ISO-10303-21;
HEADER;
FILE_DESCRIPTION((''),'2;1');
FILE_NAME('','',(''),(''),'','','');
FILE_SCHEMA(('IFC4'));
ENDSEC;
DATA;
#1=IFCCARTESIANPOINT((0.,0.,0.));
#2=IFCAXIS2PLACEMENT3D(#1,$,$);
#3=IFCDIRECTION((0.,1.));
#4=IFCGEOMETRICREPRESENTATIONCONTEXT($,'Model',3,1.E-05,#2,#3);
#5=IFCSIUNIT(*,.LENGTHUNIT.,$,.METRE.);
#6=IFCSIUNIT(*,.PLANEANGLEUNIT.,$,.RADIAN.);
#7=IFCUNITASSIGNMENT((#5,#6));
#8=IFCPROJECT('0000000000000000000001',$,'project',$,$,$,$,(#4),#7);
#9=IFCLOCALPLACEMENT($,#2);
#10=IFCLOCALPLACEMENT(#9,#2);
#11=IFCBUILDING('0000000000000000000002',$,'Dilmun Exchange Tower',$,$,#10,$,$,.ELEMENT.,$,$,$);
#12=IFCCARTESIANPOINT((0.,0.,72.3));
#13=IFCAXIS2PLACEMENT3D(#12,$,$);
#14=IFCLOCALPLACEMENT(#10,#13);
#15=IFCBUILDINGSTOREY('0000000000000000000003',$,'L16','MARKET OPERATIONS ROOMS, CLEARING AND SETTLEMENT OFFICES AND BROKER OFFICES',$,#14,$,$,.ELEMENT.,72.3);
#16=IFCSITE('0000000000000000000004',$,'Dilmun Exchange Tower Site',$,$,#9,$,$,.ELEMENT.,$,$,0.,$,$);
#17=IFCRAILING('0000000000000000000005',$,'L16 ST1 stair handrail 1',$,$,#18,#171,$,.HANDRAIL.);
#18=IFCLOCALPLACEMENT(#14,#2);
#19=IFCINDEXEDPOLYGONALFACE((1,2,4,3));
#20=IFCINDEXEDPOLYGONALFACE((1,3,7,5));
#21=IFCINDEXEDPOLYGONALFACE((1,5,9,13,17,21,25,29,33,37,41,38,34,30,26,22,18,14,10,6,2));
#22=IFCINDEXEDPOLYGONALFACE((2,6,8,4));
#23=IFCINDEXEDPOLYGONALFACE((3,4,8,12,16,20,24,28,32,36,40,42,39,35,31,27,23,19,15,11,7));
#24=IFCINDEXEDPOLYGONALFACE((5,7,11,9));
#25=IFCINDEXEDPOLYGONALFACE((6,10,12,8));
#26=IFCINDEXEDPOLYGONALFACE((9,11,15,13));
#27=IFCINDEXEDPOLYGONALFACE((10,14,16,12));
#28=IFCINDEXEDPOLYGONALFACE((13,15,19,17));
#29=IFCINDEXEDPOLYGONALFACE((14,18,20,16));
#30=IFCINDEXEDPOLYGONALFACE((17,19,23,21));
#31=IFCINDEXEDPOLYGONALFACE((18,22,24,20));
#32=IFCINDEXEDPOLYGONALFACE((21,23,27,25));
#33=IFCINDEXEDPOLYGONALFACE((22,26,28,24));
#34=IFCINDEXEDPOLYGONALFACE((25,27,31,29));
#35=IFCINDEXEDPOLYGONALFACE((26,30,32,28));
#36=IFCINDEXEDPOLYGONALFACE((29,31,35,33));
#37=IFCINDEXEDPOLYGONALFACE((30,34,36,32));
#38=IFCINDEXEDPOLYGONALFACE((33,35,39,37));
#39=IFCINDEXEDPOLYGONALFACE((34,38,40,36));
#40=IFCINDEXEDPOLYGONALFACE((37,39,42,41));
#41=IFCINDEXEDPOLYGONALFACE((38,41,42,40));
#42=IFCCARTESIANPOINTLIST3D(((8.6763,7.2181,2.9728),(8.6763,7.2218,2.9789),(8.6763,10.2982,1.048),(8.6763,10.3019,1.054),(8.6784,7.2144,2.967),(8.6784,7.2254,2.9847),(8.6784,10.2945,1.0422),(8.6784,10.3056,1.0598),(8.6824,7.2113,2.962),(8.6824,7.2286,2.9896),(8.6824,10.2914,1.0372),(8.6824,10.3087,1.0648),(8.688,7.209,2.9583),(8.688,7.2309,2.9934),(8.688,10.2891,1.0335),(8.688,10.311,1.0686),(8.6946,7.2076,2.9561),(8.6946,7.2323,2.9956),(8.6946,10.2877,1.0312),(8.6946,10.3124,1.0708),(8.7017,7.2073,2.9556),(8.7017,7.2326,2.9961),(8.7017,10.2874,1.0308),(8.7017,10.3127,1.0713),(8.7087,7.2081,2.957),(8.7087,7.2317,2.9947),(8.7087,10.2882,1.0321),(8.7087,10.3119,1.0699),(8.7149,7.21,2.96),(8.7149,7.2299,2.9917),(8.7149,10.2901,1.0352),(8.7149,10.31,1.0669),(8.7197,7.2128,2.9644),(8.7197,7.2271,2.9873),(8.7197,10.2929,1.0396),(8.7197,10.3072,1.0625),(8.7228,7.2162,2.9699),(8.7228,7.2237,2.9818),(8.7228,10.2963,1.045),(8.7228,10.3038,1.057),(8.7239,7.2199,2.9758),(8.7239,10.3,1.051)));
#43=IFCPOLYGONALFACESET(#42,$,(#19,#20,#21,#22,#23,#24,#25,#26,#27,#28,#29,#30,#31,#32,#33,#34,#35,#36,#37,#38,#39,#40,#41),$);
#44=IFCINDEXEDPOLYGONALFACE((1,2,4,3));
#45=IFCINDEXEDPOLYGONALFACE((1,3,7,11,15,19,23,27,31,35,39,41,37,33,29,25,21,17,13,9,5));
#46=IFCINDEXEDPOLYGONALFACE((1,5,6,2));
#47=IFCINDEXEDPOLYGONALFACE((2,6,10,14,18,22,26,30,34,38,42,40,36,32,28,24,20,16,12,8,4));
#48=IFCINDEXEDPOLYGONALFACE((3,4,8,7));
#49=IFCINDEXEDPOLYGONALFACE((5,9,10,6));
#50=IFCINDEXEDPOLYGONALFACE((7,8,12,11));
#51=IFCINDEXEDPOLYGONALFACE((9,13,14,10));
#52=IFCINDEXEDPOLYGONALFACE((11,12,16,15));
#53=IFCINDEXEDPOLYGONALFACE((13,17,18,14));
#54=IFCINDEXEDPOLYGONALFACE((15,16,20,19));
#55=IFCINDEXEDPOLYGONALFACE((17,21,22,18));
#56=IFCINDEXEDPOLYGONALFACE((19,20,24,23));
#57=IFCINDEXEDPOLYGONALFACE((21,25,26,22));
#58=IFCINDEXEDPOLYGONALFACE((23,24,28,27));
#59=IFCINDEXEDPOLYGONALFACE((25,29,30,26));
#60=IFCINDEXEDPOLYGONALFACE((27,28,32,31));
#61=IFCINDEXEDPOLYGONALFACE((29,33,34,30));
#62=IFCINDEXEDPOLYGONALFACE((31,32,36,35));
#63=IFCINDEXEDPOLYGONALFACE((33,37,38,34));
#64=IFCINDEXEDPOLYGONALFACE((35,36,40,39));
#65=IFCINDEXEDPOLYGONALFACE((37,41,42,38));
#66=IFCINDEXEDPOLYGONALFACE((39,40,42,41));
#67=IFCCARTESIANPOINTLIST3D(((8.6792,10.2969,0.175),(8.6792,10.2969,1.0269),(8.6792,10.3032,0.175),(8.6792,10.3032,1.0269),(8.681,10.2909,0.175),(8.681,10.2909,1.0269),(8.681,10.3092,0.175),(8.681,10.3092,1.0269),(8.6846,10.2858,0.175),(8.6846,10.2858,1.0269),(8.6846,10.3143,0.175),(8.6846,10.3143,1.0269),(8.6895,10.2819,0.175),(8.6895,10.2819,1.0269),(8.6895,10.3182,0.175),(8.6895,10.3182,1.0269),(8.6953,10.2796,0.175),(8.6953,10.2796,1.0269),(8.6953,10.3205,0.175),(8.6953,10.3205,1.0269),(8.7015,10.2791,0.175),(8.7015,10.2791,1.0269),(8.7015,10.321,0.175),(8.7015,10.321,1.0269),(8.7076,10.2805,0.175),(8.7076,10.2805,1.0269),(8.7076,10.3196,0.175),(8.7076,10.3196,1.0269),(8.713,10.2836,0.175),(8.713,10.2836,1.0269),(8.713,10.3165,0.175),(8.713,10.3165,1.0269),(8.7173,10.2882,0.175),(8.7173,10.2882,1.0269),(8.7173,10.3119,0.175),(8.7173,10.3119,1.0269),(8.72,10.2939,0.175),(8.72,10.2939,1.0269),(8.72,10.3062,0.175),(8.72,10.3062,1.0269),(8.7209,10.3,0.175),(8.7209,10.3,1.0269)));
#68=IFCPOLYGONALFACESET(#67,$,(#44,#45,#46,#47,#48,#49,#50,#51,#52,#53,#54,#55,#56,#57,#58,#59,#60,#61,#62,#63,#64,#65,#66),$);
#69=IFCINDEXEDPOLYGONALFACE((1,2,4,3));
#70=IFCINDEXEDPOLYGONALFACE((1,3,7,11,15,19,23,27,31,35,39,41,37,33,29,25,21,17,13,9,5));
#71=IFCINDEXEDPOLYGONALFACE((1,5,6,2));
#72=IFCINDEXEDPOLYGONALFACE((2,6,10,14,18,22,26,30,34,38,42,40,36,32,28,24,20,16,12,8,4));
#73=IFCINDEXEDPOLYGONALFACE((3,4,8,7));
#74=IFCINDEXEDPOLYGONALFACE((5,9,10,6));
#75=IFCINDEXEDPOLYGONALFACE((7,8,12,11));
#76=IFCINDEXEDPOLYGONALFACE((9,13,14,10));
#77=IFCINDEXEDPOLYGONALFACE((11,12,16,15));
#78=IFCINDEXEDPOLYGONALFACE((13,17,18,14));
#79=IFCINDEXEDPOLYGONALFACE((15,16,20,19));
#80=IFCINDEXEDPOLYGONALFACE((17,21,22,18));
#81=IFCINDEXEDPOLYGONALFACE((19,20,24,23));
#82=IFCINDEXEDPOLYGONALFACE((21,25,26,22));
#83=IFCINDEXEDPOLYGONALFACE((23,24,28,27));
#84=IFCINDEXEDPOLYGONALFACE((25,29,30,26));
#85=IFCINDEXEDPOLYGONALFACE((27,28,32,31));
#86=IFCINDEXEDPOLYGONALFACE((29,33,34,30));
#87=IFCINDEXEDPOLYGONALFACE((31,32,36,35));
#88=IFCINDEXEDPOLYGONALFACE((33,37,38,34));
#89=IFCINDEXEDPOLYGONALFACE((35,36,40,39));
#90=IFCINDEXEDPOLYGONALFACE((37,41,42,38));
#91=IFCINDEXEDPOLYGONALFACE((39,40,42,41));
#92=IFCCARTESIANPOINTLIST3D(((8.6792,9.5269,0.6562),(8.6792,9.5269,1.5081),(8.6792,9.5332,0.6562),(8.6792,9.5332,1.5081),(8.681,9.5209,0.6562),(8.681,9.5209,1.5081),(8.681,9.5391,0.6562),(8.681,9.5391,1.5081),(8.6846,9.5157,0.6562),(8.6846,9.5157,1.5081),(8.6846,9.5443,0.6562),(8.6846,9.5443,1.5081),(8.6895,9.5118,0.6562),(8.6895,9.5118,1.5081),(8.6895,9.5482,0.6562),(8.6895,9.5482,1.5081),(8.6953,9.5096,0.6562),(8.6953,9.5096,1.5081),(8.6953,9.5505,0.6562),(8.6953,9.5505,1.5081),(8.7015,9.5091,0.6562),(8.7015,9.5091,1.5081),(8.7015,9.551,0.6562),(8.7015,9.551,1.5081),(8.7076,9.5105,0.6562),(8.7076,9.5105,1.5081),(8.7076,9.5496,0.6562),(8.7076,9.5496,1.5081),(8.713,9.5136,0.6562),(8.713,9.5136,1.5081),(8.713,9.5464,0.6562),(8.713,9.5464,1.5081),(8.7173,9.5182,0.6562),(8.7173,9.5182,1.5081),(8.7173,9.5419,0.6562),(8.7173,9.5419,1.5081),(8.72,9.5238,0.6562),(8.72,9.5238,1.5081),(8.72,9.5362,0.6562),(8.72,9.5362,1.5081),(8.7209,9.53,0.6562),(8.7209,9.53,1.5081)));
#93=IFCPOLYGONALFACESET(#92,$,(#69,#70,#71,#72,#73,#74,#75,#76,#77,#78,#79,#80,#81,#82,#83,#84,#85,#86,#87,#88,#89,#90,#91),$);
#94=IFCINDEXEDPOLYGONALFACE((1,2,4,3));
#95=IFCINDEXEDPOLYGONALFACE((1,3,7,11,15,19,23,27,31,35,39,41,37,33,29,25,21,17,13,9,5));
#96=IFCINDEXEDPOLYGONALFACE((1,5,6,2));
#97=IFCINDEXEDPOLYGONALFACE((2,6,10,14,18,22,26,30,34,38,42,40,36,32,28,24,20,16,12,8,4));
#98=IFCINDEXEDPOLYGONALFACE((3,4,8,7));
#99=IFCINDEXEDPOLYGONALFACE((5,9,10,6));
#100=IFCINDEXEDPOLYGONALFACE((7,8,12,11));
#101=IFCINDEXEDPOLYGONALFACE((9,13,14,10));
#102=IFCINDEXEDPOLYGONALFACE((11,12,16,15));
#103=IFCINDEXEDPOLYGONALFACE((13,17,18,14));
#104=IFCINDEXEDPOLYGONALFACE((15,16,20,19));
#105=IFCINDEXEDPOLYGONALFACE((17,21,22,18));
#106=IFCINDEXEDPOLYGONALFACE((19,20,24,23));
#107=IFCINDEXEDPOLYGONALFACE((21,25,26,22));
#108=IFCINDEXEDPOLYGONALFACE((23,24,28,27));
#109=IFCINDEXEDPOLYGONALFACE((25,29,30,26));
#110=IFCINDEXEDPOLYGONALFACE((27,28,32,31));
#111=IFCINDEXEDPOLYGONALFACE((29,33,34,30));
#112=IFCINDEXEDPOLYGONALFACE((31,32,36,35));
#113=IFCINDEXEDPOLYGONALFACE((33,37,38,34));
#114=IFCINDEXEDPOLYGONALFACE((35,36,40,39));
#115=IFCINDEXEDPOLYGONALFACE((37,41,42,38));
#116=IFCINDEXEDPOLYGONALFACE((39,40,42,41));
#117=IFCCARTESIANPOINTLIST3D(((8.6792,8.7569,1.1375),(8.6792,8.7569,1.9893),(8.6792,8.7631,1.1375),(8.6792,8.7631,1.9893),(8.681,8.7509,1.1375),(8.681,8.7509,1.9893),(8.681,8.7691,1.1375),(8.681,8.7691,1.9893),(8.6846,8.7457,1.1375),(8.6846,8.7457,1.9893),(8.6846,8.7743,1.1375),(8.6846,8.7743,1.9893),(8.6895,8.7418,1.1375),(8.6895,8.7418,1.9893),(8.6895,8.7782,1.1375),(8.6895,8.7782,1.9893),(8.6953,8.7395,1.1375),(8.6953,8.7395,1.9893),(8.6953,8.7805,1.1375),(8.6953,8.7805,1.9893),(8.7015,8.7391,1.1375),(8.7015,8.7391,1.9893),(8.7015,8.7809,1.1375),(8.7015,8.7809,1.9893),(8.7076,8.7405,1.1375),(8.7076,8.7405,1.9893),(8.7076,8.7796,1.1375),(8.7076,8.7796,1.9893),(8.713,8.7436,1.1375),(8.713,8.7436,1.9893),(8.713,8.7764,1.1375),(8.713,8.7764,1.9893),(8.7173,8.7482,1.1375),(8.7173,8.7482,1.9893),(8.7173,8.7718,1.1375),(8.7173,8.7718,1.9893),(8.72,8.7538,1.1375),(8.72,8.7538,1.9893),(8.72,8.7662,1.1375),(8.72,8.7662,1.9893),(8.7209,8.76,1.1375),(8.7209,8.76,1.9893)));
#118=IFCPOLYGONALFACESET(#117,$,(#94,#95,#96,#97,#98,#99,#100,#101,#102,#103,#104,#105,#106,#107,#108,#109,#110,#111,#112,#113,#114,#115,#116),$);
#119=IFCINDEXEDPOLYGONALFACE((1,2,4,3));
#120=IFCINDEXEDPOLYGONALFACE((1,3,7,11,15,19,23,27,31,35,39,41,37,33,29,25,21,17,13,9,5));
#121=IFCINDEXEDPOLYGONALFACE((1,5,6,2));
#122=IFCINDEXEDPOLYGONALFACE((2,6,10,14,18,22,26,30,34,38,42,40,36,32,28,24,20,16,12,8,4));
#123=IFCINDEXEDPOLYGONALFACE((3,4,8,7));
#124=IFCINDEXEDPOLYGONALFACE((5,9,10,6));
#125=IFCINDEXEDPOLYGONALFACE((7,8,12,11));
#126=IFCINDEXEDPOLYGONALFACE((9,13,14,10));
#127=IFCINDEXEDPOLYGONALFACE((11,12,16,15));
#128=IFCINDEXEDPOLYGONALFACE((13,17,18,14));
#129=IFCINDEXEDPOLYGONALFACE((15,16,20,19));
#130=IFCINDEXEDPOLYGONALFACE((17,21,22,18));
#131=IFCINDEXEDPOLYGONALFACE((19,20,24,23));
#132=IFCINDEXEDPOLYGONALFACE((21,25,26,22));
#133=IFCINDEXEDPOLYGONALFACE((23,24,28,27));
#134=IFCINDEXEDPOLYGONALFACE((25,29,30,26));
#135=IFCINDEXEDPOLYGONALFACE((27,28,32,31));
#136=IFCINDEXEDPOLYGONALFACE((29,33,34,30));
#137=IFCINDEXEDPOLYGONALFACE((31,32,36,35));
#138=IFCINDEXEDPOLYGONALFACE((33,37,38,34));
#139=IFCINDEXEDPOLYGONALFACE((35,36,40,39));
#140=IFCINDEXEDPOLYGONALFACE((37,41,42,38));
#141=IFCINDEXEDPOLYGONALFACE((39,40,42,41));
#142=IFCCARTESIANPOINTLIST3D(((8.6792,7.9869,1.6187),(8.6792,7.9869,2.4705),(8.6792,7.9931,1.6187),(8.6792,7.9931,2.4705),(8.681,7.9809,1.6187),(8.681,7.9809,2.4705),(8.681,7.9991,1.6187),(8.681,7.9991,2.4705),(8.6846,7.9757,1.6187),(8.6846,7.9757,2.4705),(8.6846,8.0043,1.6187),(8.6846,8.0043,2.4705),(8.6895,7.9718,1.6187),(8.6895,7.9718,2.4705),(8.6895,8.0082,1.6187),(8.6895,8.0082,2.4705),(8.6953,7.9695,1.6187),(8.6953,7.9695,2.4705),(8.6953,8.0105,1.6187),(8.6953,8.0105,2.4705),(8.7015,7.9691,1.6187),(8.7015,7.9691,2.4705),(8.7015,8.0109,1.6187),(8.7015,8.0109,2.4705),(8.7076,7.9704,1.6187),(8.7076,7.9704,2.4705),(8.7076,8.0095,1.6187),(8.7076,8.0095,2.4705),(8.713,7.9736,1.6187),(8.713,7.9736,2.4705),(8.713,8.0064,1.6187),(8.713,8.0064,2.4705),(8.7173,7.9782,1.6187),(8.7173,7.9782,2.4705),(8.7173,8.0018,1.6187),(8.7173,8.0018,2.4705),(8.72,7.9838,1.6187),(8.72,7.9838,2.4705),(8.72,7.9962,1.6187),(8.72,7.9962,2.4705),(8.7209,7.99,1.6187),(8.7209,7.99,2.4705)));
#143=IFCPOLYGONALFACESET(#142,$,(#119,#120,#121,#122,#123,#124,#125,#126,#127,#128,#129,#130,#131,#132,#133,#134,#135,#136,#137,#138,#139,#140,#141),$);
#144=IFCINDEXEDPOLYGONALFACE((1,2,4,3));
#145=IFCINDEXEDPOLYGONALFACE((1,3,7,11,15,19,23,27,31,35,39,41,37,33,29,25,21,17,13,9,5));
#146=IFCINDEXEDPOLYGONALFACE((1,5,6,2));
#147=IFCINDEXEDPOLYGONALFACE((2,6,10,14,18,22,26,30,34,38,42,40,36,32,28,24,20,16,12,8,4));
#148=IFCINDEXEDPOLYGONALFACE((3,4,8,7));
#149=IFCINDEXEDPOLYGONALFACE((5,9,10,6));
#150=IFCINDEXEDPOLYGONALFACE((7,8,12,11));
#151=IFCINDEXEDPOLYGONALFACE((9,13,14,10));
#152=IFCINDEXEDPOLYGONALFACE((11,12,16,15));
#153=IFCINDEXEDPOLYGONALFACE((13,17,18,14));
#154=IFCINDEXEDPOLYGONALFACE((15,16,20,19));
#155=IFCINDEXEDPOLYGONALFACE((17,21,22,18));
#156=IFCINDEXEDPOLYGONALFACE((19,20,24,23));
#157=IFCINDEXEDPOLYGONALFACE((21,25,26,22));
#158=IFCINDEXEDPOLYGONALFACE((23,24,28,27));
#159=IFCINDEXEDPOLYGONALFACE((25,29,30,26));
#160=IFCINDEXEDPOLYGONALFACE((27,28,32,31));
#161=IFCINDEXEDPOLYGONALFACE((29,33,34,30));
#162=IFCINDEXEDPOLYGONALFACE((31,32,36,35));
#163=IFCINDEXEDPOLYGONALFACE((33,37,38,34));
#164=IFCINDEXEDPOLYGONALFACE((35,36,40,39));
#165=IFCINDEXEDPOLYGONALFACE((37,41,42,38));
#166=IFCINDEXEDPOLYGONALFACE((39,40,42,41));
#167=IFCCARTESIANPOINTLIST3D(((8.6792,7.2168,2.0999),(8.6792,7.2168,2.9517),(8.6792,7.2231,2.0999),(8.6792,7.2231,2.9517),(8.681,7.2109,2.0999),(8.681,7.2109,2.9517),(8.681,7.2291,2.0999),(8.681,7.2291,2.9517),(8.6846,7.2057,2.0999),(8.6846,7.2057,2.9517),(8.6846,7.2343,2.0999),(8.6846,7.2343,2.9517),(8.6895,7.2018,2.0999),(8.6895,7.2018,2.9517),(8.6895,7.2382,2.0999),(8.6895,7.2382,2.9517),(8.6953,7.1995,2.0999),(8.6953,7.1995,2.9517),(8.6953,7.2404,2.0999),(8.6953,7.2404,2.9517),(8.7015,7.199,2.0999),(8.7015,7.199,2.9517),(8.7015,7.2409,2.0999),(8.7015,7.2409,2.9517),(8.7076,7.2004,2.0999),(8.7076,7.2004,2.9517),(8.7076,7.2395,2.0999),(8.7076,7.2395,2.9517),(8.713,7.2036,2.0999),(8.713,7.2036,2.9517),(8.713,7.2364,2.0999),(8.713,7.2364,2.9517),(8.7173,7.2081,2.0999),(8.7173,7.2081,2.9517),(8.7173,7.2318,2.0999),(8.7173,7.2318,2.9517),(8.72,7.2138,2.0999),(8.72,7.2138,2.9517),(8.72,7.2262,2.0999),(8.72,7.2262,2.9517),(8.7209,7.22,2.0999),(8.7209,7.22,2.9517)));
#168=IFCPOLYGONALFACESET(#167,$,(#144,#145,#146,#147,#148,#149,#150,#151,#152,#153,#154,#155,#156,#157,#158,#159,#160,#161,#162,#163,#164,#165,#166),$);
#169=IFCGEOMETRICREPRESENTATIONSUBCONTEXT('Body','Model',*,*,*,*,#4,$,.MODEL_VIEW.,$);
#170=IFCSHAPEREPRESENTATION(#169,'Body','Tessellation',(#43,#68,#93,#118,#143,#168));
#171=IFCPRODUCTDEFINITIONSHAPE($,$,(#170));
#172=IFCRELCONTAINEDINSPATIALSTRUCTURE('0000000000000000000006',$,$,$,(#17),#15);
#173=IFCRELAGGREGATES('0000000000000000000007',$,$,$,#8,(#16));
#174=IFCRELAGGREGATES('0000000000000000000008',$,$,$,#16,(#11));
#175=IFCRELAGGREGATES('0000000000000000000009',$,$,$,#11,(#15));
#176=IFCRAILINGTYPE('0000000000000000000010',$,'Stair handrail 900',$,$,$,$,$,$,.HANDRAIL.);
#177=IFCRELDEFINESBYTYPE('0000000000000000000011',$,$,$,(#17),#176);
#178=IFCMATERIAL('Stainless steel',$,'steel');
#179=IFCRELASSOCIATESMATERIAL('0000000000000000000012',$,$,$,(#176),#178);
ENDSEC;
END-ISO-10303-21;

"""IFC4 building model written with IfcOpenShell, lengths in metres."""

from ifc_helpers import new_model, si_unit, direction, frame, origin, origin_2d, place, context, subcontext, project, spatial, circle, extrude, material, type_object, element, save


model = new_model("IFC4")

# Units and contexts
model_context = context("Model", 3, precision=1e-05, world=origin(), true_north=direction((0.0, 1.0)))
body_context = subcontext(model_context, "Body", "Model", "MODEL_VIEW")
ifc_project = project(units=[si_unit("LENGTHUNIT", "METRE"), si_unit("PLANEANGLEUNIT", "RADIAN")], contexts=[model_context])

# Site, building, storey
site_placement = place(None, origin())
site = spatial("IfcSite", under=ifc_project, at=site_placement, Name="Dilmun Exchange Tower Site", CompositionType="ELEMENT", RefElevation=0.0)
building_placement = place(site_placement, origin())
building = spatial("IfcBuilding", under=site, at=building_placement, Name="Dilmun Exchange Tower", CompositionType="ELEMENT")
storey_placement = place(building_placement, frame((0.0, 0.0, 72.3)))
storey = spatial("IfcBuildingStorey", under=building, at=storey_placement, Name="L16", Description="MARKET OPERATIONS ROOMS, CLEARING AND SETTLEMENT OFFICES AND BROKER OFFICES", CompositionType="ELEMENT", Elevation=72.3)

# Railing
ifc_material_1 = material(Name="Stainless steel", Category="steel")
railing_type = type_object("IfcRailingType", Name="Stair handrail 900", PredefinedType="HANDRAIL", material=ifc_material_1)
railing_1_placement = place(storey_placement, frame((8.7, 10.3, 0.175)))
element("IfcRailing", 1, at=railing_1_placement, inside=storey, type_object=railing_type, Name="L16 ST1 stair handrail 1", PredefinedType="HANDRAIL", context=body_context, shape_type="SweptSolid", body=[
    extrude(circle(Radius=0.0239, at=origin_2d()), frame((0.0, 0.0, 0.876), z_axis=(0.0, -0.848029, 0.529951), x_axis=(1.0, 0.0, 0.0)), (0.0, 0.0, 1.0), 3.6321),
    extrude(circle(Radius=0.021, at=origin_2d()), origin(), (0.0, 0.0, 1.0), 0.8518),
    extrude(circle(Radius=0.021, at=origin_2d()), frame((0.0, -0.77, 0.4812)), (0.0, 0.0, 1.0), 0.8518),
    extrude(circle(Radius=0.021, at=origin_2d()), frame((0.0, -1.54, 0.9624)), (0.0, 0.0, 1.0), 0.8518),
    extrude(circle(Radius=0.021, at=origin_2d()), frame((0.0, -2.3101, 1.4436)), (0.0, 0.0, 1.0), 0.8518),
    extrude(circle(Radius=0.021, at=origin_2d()), frame((0.0, -3.0801, 1.9248)), (0.0, 0.0, 1.0), 0.8518),
])

save(model, "model.ifc")
